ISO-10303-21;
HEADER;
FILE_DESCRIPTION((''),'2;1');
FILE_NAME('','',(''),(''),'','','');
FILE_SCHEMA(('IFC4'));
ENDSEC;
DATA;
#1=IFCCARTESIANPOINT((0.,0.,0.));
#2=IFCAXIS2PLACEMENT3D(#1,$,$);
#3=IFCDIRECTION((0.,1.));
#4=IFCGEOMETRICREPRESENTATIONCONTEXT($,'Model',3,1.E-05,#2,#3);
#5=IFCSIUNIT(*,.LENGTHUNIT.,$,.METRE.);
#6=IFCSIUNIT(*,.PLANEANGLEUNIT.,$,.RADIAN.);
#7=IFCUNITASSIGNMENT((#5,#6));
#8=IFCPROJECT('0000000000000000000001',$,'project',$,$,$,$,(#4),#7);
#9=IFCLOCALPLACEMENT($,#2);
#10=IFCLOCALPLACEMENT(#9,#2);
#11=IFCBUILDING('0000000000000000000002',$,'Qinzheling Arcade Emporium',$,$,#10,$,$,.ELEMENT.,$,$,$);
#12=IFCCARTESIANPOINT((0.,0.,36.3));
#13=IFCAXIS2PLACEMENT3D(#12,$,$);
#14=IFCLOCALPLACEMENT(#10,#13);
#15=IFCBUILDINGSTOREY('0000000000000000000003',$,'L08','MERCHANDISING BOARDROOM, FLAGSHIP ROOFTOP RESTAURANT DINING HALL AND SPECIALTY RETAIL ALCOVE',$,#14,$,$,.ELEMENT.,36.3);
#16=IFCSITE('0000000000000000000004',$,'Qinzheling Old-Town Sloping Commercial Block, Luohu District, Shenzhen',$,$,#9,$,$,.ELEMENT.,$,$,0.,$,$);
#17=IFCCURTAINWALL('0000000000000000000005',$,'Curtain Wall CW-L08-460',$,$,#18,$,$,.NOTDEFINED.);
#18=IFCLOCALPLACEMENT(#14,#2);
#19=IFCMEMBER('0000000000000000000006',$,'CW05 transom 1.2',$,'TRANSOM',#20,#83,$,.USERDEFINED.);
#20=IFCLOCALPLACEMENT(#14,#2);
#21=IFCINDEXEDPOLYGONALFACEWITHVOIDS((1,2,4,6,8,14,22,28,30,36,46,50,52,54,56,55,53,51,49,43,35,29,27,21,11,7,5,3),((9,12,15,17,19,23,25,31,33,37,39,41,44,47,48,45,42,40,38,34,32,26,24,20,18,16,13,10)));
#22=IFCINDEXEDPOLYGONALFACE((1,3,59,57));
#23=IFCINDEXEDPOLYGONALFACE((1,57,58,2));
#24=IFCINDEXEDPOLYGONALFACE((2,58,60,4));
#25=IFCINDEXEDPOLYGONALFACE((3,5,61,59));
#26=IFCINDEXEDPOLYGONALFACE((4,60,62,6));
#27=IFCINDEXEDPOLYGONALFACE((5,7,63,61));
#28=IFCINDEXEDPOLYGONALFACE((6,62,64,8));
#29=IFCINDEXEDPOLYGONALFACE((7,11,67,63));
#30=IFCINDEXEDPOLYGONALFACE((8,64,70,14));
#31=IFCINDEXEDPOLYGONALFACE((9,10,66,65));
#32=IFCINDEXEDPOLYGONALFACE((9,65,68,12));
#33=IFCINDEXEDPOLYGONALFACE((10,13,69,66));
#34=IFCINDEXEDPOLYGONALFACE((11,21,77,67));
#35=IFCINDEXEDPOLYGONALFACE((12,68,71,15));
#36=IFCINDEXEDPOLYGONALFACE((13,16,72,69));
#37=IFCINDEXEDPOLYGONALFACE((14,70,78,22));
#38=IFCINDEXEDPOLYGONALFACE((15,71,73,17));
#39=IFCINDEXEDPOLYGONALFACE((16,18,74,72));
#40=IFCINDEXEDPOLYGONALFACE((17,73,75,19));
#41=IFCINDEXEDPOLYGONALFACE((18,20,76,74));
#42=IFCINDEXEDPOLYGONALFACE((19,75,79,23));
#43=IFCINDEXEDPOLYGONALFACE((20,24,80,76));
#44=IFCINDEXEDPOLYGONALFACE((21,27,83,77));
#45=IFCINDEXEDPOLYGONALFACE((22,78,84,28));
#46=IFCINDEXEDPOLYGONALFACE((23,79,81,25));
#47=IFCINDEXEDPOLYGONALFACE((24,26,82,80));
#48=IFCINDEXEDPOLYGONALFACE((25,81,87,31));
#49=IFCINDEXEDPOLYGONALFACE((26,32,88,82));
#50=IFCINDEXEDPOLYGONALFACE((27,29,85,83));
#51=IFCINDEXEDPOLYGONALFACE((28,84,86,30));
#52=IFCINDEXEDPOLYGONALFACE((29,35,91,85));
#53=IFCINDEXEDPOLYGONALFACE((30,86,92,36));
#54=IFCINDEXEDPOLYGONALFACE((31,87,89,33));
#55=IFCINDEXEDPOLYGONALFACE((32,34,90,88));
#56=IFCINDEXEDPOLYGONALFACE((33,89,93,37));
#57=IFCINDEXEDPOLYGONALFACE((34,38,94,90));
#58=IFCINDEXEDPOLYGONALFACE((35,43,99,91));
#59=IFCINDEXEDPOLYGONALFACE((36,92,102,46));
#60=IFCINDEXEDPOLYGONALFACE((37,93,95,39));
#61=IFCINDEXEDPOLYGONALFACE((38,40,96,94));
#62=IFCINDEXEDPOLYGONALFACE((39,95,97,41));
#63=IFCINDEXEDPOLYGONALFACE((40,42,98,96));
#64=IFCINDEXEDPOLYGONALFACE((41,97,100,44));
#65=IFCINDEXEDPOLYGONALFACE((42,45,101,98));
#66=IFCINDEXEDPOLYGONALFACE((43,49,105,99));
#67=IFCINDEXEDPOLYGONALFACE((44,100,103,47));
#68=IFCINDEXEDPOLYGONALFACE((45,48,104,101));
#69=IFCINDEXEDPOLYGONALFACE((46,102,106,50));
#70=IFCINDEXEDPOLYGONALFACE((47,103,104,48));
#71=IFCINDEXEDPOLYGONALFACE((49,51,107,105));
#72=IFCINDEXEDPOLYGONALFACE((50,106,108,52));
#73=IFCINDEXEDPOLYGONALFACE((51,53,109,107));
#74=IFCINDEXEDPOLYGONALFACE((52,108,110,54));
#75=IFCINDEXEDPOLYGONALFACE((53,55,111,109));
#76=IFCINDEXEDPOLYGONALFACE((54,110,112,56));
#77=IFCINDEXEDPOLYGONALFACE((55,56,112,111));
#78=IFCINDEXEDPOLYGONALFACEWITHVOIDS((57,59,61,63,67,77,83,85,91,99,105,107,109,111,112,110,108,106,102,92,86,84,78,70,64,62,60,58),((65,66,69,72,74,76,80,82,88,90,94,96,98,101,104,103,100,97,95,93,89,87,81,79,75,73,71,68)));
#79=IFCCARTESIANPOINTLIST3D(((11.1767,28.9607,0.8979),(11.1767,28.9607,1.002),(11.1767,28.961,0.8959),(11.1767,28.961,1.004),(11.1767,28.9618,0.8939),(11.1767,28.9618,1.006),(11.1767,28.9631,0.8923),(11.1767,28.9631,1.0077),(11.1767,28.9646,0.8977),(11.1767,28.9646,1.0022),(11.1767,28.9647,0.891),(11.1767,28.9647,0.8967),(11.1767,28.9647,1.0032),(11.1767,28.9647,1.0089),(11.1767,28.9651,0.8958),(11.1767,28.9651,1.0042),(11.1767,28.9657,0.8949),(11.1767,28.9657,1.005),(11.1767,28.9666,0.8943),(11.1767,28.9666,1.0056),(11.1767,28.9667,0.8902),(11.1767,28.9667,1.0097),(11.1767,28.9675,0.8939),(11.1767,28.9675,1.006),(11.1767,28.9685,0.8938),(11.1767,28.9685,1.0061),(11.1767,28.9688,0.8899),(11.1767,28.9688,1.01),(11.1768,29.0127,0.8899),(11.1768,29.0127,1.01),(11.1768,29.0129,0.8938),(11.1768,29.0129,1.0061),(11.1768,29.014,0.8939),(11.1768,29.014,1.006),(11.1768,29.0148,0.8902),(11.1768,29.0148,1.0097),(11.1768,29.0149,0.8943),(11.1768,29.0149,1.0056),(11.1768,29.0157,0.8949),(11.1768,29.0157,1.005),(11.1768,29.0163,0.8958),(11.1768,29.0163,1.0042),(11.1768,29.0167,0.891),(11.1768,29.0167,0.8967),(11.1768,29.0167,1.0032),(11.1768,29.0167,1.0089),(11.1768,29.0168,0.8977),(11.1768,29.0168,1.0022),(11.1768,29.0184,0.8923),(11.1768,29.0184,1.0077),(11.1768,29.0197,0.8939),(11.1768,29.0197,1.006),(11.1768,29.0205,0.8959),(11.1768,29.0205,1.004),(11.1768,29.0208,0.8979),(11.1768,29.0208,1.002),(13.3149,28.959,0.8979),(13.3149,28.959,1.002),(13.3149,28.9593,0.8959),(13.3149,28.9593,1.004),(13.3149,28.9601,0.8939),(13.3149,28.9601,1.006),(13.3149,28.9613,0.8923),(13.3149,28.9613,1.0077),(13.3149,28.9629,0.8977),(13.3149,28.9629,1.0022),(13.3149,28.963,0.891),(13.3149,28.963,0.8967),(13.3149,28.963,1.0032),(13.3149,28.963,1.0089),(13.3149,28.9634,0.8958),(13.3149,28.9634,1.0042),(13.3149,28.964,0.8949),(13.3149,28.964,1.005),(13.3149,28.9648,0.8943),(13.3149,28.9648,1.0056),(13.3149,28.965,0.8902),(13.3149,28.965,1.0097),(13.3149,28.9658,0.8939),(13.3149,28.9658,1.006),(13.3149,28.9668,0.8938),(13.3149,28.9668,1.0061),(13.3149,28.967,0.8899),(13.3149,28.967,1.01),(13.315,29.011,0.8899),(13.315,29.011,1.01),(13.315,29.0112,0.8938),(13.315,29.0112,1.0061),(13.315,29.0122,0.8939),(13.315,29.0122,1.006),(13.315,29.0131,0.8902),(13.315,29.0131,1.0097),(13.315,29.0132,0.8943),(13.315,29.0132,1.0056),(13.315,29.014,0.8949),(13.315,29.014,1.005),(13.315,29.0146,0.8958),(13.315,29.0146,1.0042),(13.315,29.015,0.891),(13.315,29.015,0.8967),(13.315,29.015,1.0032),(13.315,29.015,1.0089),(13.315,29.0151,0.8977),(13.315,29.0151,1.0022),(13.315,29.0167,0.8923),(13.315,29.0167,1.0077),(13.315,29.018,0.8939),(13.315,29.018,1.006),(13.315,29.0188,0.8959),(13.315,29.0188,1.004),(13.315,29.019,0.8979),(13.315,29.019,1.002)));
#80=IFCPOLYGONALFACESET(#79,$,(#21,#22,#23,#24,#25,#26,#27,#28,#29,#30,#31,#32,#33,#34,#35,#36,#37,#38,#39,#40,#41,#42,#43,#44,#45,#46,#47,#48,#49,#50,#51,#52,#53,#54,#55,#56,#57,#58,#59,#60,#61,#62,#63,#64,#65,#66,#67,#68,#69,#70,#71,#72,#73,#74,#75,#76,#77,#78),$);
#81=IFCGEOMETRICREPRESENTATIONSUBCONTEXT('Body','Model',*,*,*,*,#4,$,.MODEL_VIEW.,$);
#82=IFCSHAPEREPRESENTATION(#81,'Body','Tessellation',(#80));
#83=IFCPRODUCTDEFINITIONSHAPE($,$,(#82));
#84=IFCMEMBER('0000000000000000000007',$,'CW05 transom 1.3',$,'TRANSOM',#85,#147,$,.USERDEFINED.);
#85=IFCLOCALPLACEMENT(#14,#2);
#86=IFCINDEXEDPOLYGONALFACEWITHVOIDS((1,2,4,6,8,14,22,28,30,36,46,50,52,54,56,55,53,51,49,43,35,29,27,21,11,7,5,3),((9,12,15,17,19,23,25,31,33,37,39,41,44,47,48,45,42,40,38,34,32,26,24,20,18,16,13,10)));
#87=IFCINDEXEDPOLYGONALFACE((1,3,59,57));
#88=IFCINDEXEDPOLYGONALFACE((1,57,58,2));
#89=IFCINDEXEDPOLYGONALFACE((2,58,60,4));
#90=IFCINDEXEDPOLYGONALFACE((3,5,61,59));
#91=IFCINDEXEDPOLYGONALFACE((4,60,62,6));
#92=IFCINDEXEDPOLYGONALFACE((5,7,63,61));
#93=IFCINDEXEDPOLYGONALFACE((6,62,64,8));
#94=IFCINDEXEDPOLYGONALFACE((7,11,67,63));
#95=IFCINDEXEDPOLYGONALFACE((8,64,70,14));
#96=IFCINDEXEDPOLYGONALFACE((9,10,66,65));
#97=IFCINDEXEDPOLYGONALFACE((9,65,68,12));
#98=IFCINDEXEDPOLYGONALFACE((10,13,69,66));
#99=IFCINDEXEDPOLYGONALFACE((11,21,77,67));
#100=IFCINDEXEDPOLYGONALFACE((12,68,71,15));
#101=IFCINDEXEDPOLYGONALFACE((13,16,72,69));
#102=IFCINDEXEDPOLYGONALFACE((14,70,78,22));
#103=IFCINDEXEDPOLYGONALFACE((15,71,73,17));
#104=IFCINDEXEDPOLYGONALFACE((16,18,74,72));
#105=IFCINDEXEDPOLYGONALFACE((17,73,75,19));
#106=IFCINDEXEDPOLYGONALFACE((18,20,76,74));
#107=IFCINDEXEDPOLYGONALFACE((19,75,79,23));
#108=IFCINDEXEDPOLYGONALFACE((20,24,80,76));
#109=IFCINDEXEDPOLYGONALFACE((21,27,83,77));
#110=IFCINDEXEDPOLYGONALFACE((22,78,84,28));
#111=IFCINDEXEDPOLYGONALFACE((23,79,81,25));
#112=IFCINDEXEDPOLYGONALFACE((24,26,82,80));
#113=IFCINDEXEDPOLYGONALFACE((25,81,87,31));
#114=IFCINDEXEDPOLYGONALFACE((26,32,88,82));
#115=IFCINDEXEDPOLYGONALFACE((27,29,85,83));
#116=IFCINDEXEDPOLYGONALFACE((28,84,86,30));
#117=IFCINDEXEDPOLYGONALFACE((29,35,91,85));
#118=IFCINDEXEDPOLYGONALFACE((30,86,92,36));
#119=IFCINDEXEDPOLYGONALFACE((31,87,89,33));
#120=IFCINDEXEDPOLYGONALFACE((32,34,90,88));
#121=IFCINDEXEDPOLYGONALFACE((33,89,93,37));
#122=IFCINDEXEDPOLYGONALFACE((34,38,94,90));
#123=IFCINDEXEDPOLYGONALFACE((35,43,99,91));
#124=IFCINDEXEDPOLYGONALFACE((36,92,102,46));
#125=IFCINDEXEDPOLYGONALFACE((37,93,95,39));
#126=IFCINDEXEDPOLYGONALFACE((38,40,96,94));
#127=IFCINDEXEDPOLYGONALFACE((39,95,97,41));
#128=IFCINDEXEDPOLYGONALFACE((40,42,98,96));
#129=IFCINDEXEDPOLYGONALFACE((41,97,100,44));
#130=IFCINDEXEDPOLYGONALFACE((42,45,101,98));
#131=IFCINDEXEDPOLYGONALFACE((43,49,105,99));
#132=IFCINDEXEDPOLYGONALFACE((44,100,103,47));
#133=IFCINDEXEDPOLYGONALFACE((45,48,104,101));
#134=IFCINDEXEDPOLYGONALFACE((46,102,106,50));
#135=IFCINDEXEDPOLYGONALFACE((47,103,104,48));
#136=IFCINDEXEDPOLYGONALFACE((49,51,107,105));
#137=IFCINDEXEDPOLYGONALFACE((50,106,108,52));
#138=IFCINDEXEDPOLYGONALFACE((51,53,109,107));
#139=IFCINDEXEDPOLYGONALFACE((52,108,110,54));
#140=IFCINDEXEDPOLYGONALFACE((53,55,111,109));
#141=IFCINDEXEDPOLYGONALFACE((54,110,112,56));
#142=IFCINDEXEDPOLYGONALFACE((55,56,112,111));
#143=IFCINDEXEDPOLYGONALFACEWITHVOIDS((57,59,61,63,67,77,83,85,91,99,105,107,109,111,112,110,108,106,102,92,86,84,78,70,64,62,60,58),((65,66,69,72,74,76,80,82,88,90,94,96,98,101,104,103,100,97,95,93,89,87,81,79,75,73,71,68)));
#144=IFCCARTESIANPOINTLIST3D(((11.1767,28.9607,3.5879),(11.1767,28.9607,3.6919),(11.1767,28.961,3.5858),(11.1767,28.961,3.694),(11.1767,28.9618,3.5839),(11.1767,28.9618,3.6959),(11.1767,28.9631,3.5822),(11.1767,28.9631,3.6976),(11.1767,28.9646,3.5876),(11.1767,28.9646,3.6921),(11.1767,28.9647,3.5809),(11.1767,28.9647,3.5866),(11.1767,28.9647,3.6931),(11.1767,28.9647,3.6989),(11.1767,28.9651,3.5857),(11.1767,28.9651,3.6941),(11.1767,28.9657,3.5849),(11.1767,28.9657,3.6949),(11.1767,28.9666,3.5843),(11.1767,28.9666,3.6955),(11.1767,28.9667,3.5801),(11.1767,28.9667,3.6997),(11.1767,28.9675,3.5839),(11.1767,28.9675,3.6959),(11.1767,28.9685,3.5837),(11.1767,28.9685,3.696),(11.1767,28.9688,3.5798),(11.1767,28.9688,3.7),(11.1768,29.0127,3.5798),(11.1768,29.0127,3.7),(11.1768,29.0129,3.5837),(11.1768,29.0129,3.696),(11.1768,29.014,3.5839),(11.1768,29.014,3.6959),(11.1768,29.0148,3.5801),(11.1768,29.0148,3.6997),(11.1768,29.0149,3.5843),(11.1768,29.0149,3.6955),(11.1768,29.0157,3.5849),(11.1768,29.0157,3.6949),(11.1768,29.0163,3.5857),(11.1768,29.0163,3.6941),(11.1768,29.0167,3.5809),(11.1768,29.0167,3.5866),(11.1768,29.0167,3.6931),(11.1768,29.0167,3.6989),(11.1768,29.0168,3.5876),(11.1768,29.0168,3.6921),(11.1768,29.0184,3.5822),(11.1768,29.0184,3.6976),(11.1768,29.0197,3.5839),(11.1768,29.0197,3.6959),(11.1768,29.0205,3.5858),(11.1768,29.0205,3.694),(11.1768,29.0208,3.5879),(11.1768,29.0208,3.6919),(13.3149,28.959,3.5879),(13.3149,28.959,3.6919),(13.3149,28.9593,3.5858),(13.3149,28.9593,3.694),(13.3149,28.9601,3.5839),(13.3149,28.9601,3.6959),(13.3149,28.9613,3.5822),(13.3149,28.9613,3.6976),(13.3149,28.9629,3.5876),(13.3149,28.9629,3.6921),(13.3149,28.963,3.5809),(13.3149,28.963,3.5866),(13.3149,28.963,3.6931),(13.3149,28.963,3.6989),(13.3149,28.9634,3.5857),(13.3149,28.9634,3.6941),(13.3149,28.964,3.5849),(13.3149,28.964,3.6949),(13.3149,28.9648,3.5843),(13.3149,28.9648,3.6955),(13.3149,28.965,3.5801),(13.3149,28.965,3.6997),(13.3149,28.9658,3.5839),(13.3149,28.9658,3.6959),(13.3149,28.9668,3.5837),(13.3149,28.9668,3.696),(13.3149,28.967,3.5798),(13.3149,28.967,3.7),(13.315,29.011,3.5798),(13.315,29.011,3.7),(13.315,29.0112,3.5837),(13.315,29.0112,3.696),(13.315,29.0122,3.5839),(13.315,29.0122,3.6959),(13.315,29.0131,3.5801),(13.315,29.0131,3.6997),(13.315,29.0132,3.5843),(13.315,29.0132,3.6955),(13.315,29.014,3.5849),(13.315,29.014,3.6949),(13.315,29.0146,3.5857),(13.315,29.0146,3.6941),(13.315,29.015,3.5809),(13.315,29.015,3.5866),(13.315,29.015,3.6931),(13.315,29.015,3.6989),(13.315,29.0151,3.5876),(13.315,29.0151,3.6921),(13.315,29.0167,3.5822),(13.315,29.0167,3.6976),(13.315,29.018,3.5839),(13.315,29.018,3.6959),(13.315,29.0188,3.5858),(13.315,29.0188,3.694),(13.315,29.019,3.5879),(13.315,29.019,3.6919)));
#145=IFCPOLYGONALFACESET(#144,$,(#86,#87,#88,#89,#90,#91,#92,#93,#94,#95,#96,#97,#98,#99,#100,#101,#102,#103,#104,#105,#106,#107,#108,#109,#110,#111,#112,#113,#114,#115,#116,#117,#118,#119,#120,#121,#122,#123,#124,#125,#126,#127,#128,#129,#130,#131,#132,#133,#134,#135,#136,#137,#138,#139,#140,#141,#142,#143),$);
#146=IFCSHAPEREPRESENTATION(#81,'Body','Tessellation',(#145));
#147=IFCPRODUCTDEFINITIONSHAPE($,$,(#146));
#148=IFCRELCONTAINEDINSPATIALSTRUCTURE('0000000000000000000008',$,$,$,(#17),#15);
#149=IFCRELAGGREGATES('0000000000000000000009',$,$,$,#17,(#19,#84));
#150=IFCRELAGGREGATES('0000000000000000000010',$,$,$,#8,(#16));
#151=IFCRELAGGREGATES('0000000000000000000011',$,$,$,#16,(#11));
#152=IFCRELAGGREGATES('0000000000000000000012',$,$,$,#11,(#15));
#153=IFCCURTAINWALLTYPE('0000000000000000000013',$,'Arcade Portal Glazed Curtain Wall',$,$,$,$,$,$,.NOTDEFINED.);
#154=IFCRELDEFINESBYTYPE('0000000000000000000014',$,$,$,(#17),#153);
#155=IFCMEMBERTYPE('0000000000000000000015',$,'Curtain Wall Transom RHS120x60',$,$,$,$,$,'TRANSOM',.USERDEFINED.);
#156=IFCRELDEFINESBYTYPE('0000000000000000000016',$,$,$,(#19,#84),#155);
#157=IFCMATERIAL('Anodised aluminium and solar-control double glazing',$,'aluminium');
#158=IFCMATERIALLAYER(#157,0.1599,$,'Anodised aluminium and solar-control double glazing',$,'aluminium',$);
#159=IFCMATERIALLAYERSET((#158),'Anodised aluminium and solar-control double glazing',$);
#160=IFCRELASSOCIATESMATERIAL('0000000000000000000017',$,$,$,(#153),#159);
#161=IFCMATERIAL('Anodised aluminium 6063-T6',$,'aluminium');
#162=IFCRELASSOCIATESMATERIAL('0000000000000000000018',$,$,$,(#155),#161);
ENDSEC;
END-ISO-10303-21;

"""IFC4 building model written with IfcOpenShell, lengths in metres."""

from ifc_helpers import new_model, si_unit, direction, frame, origin, origin_2d, place, context, subcontext, project, spatial, hollow_rectangle, extrude, material, layer, layer_set, material_profile, profile_set, type_object, element, aggregate, save


model = new_model("IFC4")

# Units and contexts
model_context = context("Model", 3, precision=1e-05, world=origin(), true_north=direction((0.0, 1.0)))
body_context = subcontext(model_context, "Body", "Model", "MODEL_VIEW")
ifc_project = project(units=[si_unit("LENGTHUNIT", "METRE"), si_unit("PLANEANGLEUNIT", "RADIAN")], contexts=[model_context])

# Site, building, storey
site_placement = place(None, origin())
site = spatial("IfcSite", under=ifc_project, at=site_placement, Name="Qinzheling Old-Town Sloping Commercial Block, Luohu District, Shenzhen", CompositionType="ELEMENT", RefElevation=0.0)
building_placement = place(site_placement, origin())
building = spatial("IfcBuilding", under=site, at=building_placement, Name="Qinzheling Arcade Emporium", CompositionType="ELEMENT")
storey_placement = place(building_placement, frame((0.0, 0.0, 36.3)))
storey = spatial("IfcBuildingStorey", under=building, at=storey_placement, Name="L08", Description="MERCHANDISING BOARDROOM, FLAGSHIP ROOFTOP RESTAURANT DINING HALL AND SPECIALTY RETAIL ALCOVE", CompositionType="ELEMENT", Elevation=36.3)

# Shared definitions
ifc_material_1 = material(Name="Anodised aluminium and solar-control double glazing", Category="aluminium")
ifc_layer_1 = layer(ifc_material_1, 0.1599, Name="Anodised aluminium and solar-control double glazing", Category="aluminium")
ifc_layer_set_1 = layer_set([ifc_layer_1], Name="Anodised aluminium and solar-control double glazing")
curtain_wall_type = type_object("IfcCurtainWallType", Name="Arcade Portal Glazed Curtain Wall", PredefinedType="NOTDEFINED", material=ifc_layer_set_1)
ifc_material_2 = material(Name="Anodised aluminium 6063-T6", Category="aluminium")

# Curtain wall
curtain_wall_1_placement = place(storey_placement, origin())
curtain_wall_1 = element("IfcCurtainWall", 1, at=curtain_wall_1_placement, inside=storey, type_object=curtain_wall_type, Name="Curtain Wall CW-L08-460", PredefinedType="NOTDEFINED")

# Members
ifc_material_profile_1 = material_profile(ifc_material_2, hollow_rectangle(XDim=0.0601, YDim=0.1201, WallThickness=0.0039, InnerFilletRadius=0.0039, OuterFilletRadius=0.0081, at=origin_2d()), Name="RHS 120x60x4", Category="aluminium")
ifc_profile_set_1 = profile_set([ifc_material_profile_1], Name="Anodised aluminium 6063-T6")
member_type_1 = type_object("IfcMemberType", Name="Curtain Wall Transom RHS120x60", ElementType="TRANSOM", PredefinedType="USERDEFINED", material=ifc_profile_set_1)
member_1_placement = place(storey_placement, frame((13.3149, 28.989, 0.95), z_axis=(-1.0, 0.000799, 0.0), x_axis=(-0.000799, -1.0, 0.0)))
member_1 = element("IfcMember", 2, at=member_1_placement, type_object=member_type_1, Name="CW05 transom 1.2", ObjectType="TRANSOM", PredefinedType="USERDEFINED", context=body_context, shape_type="SweptSolid", body=[
    extrude(hollow_rectangle(XDim=0.0601, YDim=0.1201, WallThickness=0.0039, InnerFilletRadius=0.0039, OuterFilletRadius=0.0081, at=origin_2d()), origin(), (0.0, 0.0, 1.0), 2.1382),
])
member_2_placement = place(storey_placement, frame((13.3149, 28.989, 3.6399), z_axis=(-1.0, 0.000799, 0.0), x_axis=(-0.000799, -1.0, 0.0)))
member_2 = element("IfcMember", 3, at=member_2_placement, type_object=member_type_1, Name="CW05 transom 1.3", ObjectType="TRANSOM", PredefinedType="USERDEFINED", context=body_context, shape_type="SweptSolid", body=[
    extrude(hollow_rectangle(XDim=0.0601, YDim=0.1201, WallThickness=0.0039, InnerFilletRadius=0.0039, OuterFilletRadius=0.0081, at=origin_2d()), origin(), (0.0, 0.0, 1.0), 2.1382),
])

aggregate(curtain_wall_1, [member_1, member_2])

save(model, "model.ifc")
